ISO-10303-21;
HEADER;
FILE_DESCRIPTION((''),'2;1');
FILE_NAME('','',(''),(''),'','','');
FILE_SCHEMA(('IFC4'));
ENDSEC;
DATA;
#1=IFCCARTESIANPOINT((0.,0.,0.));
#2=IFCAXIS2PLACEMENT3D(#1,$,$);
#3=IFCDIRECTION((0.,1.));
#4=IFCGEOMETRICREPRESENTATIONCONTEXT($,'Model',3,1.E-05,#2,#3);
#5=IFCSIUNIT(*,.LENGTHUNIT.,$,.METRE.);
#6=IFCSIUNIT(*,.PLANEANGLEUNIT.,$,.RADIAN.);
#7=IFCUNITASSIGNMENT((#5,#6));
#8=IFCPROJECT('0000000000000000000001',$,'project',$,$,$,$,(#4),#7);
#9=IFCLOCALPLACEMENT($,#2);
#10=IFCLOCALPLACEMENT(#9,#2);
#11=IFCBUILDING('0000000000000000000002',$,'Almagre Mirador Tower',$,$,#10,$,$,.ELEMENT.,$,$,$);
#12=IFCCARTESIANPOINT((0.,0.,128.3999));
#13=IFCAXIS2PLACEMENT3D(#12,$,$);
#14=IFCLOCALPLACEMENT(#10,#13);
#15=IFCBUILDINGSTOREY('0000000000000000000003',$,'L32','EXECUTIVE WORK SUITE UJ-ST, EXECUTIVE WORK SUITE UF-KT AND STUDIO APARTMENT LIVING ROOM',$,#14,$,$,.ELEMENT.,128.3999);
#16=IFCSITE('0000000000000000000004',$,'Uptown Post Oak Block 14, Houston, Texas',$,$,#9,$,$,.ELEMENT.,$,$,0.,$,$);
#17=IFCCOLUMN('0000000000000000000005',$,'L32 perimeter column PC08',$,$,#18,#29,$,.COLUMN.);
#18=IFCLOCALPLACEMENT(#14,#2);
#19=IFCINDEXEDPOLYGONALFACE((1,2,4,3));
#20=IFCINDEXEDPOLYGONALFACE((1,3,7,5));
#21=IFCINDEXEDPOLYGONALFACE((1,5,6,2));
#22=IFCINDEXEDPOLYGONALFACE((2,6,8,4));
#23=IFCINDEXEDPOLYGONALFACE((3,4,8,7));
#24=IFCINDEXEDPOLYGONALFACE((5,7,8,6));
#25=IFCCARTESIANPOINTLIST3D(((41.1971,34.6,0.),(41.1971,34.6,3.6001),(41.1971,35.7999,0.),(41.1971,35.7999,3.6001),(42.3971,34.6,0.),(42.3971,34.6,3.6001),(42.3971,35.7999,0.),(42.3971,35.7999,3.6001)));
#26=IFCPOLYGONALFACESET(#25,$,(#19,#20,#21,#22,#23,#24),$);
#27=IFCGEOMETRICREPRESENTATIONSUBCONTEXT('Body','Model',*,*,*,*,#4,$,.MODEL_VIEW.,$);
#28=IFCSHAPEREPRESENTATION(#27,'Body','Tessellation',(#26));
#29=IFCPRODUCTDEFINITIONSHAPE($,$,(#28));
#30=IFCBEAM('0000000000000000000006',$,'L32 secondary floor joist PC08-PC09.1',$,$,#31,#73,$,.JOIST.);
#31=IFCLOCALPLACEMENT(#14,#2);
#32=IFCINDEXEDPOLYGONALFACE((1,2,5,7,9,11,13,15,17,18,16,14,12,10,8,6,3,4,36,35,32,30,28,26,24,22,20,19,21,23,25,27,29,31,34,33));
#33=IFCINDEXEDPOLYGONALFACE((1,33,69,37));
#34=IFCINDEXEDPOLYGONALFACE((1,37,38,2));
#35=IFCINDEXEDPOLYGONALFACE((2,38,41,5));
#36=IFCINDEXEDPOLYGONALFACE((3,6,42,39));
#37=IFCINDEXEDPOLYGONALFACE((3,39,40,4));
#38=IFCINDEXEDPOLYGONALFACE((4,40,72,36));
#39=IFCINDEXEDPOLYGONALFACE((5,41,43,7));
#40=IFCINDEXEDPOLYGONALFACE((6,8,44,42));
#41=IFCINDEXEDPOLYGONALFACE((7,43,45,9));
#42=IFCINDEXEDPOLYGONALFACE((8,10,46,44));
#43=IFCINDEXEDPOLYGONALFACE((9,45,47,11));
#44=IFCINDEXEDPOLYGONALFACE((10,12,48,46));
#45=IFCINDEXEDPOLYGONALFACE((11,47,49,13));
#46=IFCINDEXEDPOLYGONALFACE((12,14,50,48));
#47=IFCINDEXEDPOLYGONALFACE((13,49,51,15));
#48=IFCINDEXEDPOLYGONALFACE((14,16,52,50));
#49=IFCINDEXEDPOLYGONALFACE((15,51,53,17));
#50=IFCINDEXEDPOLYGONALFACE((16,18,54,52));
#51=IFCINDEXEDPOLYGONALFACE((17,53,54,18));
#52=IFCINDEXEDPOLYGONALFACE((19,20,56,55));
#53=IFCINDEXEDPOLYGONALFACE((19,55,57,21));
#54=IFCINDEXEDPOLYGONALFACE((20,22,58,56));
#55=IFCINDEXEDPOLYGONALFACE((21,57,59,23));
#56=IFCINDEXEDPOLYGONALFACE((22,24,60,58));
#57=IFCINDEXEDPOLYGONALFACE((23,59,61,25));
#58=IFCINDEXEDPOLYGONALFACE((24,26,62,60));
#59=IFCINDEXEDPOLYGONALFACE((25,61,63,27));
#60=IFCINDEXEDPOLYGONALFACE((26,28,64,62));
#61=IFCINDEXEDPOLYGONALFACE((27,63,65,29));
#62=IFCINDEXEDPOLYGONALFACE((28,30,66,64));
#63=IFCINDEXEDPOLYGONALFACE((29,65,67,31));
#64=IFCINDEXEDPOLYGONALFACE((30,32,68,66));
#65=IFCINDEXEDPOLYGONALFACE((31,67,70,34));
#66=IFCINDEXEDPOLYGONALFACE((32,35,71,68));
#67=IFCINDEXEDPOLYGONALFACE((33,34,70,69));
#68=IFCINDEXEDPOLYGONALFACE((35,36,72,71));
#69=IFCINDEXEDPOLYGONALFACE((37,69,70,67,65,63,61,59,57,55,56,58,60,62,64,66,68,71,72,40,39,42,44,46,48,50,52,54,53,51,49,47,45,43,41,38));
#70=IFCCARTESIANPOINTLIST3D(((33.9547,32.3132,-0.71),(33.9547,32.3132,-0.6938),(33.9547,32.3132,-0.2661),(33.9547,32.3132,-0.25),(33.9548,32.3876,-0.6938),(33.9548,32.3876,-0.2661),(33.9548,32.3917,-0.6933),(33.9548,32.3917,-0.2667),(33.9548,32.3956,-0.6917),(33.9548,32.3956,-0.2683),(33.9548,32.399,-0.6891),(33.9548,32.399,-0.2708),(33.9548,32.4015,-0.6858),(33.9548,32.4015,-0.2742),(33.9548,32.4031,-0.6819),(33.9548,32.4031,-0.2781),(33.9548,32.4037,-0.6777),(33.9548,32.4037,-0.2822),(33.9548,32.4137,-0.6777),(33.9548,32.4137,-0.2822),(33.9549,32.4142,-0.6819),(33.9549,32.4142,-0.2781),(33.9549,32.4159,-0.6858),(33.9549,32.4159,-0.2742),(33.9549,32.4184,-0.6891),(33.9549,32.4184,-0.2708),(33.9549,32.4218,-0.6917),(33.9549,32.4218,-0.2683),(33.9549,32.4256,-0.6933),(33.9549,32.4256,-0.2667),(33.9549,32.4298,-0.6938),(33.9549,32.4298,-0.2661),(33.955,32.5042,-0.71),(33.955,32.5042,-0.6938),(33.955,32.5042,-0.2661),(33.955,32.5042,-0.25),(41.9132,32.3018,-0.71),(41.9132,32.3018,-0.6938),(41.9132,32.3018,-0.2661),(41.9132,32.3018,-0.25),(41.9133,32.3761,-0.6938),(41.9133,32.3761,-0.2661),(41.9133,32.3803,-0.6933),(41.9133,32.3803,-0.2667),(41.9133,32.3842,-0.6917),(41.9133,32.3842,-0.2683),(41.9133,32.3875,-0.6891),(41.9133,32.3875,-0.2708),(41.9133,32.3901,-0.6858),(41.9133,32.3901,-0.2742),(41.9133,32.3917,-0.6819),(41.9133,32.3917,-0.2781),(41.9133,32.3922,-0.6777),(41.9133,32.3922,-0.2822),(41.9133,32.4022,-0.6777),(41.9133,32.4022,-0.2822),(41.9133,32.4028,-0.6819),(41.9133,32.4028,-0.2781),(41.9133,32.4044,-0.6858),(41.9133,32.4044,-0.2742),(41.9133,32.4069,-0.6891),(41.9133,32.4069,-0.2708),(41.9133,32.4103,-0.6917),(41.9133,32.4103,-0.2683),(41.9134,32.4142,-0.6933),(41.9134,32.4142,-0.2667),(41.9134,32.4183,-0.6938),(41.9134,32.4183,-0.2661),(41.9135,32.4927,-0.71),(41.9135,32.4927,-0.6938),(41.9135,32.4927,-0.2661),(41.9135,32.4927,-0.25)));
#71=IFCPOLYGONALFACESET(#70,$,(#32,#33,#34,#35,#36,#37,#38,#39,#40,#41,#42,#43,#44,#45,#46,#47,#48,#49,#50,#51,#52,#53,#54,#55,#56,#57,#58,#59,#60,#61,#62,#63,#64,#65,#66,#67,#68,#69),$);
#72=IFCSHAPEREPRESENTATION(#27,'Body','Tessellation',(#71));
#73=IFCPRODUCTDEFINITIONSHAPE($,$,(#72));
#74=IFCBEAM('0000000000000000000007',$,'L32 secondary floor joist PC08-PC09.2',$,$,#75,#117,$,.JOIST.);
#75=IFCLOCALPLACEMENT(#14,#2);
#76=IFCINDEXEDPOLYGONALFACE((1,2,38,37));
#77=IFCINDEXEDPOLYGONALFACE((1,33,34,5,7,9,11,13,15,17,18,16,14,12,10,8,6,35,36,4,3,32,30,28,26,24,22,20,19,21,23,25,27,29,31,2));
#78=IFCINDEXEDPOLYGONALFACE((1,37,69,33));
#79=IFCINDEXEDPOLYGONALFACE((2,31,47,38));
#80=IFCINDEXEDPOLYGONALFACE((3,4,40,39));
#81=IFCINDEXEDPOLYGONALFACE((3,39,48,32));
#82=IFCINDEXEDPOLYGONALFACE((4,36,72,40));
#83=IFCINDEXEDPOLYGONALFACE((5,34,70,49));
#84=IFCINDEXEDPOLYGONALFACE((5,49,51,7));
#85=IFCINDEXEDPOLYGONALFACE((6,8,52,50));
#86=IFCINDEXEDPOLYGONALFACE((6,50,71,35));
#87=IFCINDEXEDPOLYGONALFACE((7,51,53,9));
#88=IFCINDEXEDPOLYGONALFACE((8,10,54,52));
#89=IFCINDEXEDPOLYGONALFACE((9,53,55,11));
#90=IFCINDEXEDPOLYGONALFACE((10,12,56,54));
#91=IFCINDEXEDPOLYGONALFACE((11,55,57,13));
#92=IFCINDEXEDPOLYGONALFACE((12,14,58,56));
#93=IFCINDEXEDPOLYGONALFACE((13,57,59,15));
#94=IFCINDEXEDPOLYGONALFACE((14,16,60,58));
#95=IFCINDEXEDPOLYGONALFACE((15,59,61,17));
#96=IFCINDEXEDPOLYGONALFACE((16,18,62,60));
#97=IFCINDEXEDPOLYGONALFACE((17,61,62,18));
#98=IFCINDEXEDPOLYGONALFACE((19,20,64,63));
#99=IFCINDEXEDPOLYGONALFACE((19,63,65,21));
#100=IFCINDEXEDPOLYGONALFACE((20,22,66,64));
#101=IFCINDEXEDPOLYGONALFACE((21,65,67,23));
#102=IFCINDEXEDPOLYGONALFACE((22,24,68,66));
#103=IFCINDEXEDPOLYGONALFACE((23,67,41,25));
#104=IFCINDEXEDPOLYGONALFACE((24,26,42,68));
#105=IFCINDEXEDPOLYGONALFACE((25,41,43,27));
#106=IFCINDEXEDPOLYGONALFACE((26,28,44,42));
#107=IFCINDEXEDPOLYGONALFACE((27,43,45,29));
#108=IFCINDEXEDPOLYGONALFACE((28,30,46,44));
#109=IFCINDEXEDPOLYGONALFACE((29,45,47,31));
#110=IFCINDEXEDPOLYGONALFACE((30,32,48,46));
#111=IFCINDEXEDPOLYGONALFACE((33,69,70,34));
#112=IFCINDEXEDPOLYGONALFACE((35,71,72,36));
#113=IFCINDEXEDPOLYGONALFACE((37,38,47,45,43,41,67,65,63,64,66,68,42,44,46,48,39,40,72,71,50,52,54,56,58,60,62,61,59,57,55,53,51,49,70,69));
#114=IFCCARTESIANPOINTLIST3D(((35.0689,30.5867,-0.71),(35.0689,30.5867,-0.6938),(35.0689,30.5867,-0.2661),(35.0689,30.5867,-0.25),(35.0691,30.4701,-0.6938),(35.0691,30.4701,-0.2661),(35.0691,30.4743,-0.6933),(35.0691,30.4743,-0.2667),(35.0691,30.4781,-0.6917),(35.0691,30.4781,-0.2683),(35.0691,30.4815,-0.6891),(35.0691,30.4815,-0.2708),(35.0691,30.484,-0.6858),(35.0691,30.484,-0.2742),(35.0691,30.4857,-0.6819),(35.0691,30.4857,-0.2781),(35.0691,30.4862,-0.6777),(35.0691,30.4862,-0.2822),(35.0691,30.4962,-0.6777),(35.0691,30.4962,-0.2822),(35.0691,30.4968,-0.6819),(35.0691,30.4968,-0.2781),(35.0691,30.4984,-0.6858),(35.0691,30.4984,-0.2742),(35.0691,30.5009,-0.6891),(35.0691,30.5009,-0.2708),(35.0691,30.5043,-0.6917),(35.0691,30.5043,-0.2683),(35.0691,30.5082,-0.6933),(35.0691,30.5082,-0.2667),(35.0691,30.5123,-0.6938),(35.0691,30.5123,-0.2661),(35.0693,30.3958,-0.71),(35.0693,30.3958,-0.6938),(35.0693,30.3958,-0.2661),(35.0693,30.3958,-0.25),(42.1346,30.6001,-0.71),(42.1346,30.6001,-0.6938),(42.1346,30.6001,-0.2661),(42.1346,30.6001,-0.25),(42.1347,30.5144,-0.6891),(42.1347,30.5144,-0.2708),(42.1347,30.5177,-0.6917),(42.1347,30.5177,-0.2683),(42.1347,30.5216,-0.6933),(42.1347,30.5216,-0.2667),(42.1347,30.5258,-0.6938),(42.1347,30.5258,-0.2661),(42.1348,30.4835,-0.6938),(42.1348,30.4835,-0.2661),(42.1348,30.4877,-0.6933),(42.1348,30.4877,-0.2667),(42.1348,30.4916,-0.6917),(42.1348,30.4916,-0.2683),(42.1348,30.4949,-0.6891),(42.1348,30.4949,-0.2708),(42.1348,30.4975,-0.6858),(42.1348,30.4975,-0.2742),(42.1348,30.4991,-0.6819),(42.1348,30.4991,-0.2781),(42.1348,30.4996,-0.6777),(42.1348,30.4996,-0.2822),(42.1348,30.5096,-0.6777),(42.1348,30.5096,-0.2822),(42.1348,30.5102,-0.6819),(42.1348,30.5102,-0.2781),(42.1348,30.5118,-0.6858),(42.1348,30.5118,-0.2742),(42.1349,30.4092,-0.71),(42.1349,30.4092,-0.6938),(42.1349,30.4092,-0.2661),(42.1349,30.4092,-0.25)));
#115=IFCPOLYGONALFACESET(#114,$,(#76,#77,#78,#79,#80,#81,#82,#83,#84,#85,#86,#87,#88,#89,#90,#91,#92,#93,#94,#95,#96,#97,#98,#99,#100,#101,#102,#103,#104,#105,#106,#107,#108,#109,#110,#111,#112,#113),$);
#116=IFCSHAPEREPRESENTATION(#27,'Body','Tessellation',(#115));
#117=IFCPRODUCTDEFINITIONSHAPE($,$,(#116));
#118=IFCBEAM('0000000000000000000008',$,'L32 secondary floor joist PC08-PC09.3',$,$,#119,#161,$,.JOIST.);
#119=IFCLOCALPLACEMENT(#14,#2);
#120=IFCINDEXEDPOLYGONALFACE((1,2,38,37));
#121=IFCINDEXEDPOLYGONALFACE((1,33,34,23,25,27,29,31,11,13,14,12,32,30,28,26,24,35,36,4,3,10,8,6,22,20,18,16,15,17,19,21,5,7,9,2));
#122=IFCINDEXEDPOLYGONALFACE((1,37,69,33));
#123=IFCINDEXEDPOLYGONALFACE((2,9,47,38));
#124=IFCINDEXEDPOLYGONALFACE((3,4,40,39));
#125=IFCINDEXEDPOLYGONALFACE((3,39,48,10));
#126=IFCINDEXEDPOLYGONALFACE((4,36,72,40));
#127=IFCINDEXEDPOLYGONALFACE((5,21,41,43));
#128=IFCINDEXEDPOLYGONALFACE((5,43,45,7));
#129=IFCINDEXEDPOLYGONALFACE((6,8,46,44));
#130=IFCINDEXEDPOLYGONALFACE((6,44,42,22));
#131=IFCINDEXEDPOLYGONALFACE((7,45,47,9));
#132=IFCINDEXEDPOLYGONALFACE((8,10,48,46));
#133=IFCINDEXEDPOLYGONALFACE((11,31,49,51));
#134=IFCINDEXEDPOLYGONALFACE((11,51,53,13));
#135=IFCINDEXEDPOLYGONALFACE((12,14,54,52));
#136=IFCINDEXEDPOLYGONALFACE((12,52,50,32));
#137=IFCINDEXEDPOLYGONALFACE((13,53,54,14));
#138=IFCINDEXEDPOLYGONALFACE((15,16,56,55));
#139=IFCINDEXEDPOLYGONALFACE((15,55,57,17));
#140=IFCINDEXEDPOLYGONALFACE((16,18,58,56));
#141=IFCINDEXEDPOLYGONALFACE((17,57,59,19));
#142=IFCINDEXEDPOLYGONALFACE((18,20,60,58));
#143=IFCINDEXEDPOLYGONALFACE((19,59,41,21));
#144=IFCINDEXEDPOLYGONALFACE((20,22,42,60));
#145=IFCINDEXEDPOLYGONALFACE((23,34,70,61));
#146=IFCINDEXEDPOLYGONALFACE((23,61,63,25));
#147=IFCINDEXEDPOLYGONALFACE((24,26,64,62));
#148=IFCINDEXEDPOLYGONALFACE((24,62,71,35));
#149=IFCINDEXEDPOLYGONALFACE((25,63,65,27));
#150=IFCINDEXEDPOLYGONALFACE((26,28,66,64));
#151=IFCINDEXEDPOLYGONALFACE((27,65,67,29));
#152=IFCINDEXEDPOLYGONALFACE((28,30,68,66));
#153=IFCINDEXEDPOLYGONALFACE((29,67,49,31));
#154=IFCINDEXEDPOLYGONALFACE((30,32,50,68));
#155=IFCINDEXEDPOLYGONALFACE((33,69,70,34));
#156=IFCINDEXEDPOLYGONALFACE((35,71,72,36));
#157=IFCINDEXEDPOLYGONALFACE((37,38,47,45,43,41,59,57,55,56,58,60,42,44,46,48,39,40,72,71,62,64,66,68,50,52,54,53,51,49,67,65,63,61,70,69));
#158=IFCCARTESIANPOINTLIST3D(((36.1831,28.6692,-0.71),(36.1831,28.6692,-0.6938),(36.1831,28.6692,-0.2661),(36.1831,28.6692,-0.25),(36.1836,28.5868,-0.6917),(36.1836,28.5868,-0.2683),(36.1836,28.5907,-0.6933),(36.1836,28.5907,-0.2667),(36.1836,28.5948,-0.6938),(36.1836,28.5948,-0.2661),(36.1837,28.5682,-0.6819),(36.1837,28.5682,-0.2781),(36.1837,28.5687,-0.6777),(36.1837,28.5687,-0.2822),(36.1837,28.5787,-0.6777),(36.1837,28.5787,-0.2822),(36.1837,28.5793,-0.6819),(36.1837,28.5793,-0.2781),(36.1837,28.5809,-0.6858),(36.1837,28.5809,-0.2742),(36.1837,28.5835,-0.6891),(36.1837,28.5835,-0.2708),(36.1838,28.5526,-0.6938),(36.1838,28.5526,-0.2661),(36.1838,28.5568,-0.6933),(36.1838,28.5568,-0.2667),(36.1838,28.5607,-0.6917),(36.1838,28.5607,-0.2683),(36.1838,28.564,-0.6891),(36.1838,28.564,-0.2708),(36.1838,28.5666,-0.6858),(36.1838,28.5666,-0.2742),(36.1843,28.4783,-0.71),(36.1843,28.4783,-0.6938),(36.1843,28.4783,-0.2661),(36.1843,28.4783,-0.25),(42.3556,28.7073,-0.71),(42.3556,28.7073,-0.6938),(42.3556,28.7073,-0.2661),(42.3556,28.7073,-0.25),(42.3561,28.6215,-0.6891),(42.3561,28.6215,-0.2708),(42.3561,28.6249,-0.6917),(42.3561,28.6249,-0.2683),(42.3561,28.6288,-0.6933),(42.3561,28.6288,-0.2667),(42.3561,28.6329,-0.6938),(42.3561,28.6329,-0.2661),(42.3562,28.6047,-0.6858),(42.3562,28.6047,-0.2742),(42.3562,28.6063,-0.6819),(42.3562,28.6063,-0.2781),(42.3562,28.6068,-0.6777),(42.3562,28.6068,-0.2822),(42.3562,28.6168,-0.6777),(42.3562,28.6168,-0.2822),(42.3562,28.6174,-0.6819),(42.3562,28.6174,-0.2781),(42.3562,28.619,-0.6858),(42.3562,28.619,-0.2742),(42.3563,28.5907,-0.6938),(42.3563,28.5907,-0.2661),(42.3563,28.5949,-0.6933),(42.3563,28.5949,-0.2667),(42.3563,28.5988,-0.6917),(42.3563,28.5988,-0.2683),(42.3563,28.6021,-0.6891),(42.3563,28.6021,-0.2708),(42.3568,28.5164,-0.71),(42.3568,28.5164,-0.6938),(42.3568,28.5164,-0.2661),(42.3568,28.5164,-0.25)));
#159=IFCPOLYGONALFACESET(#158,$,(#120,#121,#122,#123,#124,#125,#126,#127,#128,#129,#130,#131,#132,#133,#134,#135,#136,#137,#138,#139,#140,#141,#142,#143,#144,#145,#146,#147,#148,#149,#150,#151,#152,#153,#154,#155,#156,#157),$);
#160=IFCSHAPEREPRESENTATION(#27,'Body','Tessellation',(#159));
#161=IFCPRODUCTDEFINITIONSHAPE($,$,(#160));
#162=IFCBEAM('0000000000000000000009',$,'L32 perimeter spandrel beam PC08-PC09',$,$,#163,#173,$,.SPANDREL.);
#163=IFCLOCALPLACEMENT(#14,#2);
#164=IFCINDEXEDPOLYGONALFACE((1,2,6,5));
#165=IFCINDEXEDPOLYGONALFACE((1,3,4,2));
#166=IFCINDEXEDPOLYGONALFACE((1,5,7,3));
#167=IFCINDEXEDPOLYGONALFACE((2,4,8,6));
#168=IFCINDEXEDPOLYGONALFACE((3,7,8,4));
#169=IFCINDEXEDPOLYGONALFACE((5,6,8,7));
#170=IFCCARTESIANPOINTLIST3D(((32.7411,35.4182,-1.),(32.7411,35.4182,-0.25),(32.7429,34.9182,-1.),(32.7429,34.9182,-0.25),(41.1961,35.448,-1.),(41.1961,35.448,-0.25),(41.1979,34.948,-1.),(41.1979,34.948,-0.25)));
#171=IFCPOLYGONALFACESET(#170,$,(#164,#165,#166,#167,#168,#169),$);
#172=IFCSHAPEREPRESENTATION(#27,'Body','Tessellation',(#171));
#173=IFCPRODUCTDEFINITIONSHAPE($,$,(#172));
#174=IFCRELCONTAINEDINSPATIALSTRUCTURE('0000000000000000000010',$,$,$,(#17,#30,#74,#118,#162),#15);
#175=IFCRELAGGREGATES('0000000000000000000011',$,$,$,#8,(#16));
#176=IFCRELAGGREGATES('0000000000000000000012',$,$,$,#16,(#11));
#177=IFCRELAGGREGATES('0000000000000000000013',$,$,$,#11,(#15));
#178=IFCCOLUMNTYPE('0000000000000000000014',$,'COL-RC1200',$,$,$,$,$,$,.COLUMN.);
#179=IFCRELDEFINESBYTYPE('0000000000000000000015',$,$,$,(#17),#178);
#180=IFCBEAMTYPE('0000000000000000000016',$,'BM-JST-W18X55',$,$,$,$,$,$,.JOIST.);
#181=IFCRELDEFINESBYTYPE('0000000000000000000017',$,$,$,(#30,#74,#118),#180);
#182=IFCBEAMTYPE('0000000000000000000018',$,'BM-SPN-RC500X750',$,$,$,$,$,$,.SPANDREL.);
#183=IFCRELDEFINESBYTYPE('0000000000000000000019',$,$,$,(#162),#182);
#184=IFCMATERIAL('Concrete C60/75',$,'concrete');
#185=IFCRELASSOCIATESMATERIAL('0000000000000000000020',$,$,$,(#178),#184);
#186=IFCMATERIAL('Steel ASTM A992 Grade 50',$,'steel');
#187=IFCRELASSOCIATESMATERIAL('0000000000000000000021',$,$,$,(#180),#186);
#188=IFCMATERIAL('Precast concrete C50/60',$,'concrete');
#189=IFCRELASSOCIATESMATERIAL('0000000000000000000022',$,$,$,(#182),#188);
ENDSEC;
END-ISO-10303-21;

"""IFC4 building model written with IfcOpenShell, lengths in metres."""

from ifc_helpers import new_model, si_unit, direction, frame, origin, origin_2d, place, context, subcontext, project, spatial, rectangle, i_section, extrude, material, material_profile, profile_set, type_object, element, save


model = new_model("IFC4")

# Units and contexts
model_context = context("Model", 3, precision=1e-05, world=origin(), true_north=direction((0.0, 1.0)))
body_context = subcontext(model_context, "Body", "Model", "MODEL_VIEW")
ifc_project = project(units=[si_unit("LENGTHUNIT", "METRE"), si_unit("PLANEANGLEUNIT", "RADIAN")], contexts=[model_context])

# Site, building, storey
site_placement = place(None, origin())
site = spatial("IfcSite", under=ifc_project, at=site_placement, Name="Uptown Post Oak Block 14, Houston, Texas", CompositionType="ELEMENT", RefElevation=0.0)
building_placement = place(site_placement, origin())
building = spatial("IfcBuilding", under=site, at=building_placement, Name="Almagre Mirador Tower", CompositionType="ELEMENT")
storey_placement = place(building_placement, frame((0.0, 0.0, 128.3999)))
storey = spatial("IfcBuildingStorey", under=building, at=storey_placement, Name="L32", Description="EXECUTIVE WORK SUITE UJ-ST, EXECUTIVE WORK SUITE UF-KT AND STUDIO APARTMENT LIVING ROOM", CompositionType="ELEMENT", Elevation=128.3999)

# Column
ifc_material_1 = material(Name="Concrete C60/75", Category="concrete")
ifc_material_profile_1 = material_profile(ifc_material_1, rectangle(XDim=1.2, YDim=1.2, at=origin_2d()), Name="RC1200X1200")
ifc_profile_set_1 = profile_set([ifc_material_profile_1], Name="Concrete C60/75")
column_type = type_object("IfcColumnType", Name="COL-RC1200", PredefinedType="COLUMN", material=ifc_profile_set_1)
column_placement = place(storey_placement, frame((41.7971, 35.2, 0.0), z_axis=(0.0, 0.0, 1.0), x_axis=(1.0, 0.0, 0.0)))
element("IfcColumn", 1, at=column_placement, inside=storey, type_object=column_type, Name="L32 perimeter column PC08", PredefinedType="COLUMN", context=body_context, shape_type="SweptSolid", body=[
    extrude(rectangle(XDim=1.2, YDim=1.2, at=origin_2d()), origin(), (0.0, 0.0, 1.0), 3.6001),
])

# Beams
ifc_material_2 = material(Name="Steel ASTM A992 Grade 50", Category="steel")
ifc_material_profile_2 = material_profile(ifc_material_2, i_section(OverallWidth=0.1909, OverallDepth=0.46, WebThickness=0.01, FlangeThickness=0.0161, FilletRadius=0.0161, at=origin_2d()), Name="W18X55")
ifc_profile_set_2 = profile_set([ifc_material_profile_2], Name="Steel ASTM A992 Grade 50")
beam_type_1 = type_object("IfcBeamType", Name="BM-JST-W18X55", PredefinedType="JOIST", material=ifc_profile_set_2)
beam_1_placement = place(storey_placement, frame((41.9133, 32.3972, -0.48), z_axis=(-0.999999, 0.001442, 0.0), x_axis=(-0.001442, -0.999999, 0.0)))
element("IfcBeam", 2, at=beam_1_placement, inside=storey, type_object=beam_type_1, Name="L32 secondary floor joist PC08-PC09.1", PredefinedType="JOIST", context=body_context, shape_type="SweptSolid", body=[
    extrude(i_section(OverallWidth=0.1909, OverallDepth=0.46, WebThickness=0.01, FlangeThickness=0.0161, FilletRadius=0.0161, at=origin_2d()), origin(), (0.0, 0.0, 1.0), 7.9585),
])
beam_2_placement = place(storey_placement, frame((42.1348, 30.5046, -0.48), z_axis=(-0.999998, -0.0019, 0.0), x_axis=(0.0019, -0.999998, 0.0)))
element("IfcBeam", 3, at=beam_2_placement, inside=storey, type_object=beam_type_1, Name="L32 secondary floor joist PC08-PC09.2", PredefinedType="JOIST", context=body_context, shape_type="SweptSolid", body=[
    extrude(i_section(OverallWidth=0.1909, OverallDepth=0.46, WebThickness=0.01, FlangeThickness=0.0161, FilletRadius=0.0161, at=origin_2d()), origin(), (0.0, 0.0, 1.0), 7.0657),
])
beam_3_placement = place(storey_placement, frame((42.3562, 28.6118, -0.48), z_axis=(-0.999981, -0.00617, 0.0), x_axis=(0.00617, -0.999981, 0.0)))
element("IfcBeam", 4, at=beam_3_placement, inside=storey, type_object=beam_type_1, Name="L32 secondary floor joist PC08-PC09.3", PredefinedType="JOIST", context=body_context, shape_type="SweptSolid", body=[
    extrude(i_section(OverallWidth=0.1909, OverallDepth=0.46, WebThickness=0.01, FlangeThickness=0.0161, FilletRadius=0.0161, at=origin_2d()), origin(), (0.0, 0.0, 1.0), 6.1726),
])
ifc_material_3 = material(Name="Precast concrete C50/60", Category="concrete")
ifc_material_profile_3 = material_profile(ifc_material_3, rectangle(XDim=0.5, YDim=0.75, at=origin_2d()), Name="RC500X750")
ifc_profile_set_3 = profile_set([ifc_material_profile_3], Name="Precast concrete C50/60")
beam_type_2 = type_object("IfcBeamType", Name="BM-SPN-RC500X750", PredefinedType="SPANDREL", material=ifc_profile_set_3)
beam_4_placement = place(storey_placement, frame((41.197, 35.198, -0.625), z_axis=(-0.999994, -0.003523, 0.0), x_axis=(0.003523, -0.999994, 0.0)))
element("IfcBeam", 5, at=beam_4_placement, inside=storey, type_object=beam_type_2, Name="L32 perimeter spandrel beam PC08-PC09", PredefinedType="SPANDREL", context=body_context, shape_type="SweptSolid", body=[
    extrude(rectangle(XDim=0.5, YDim=0.75, at=origin_2d()), origin(), (0.0, 0.0, 1.0), 8.4551),
])

save(model, "model.ifc")
